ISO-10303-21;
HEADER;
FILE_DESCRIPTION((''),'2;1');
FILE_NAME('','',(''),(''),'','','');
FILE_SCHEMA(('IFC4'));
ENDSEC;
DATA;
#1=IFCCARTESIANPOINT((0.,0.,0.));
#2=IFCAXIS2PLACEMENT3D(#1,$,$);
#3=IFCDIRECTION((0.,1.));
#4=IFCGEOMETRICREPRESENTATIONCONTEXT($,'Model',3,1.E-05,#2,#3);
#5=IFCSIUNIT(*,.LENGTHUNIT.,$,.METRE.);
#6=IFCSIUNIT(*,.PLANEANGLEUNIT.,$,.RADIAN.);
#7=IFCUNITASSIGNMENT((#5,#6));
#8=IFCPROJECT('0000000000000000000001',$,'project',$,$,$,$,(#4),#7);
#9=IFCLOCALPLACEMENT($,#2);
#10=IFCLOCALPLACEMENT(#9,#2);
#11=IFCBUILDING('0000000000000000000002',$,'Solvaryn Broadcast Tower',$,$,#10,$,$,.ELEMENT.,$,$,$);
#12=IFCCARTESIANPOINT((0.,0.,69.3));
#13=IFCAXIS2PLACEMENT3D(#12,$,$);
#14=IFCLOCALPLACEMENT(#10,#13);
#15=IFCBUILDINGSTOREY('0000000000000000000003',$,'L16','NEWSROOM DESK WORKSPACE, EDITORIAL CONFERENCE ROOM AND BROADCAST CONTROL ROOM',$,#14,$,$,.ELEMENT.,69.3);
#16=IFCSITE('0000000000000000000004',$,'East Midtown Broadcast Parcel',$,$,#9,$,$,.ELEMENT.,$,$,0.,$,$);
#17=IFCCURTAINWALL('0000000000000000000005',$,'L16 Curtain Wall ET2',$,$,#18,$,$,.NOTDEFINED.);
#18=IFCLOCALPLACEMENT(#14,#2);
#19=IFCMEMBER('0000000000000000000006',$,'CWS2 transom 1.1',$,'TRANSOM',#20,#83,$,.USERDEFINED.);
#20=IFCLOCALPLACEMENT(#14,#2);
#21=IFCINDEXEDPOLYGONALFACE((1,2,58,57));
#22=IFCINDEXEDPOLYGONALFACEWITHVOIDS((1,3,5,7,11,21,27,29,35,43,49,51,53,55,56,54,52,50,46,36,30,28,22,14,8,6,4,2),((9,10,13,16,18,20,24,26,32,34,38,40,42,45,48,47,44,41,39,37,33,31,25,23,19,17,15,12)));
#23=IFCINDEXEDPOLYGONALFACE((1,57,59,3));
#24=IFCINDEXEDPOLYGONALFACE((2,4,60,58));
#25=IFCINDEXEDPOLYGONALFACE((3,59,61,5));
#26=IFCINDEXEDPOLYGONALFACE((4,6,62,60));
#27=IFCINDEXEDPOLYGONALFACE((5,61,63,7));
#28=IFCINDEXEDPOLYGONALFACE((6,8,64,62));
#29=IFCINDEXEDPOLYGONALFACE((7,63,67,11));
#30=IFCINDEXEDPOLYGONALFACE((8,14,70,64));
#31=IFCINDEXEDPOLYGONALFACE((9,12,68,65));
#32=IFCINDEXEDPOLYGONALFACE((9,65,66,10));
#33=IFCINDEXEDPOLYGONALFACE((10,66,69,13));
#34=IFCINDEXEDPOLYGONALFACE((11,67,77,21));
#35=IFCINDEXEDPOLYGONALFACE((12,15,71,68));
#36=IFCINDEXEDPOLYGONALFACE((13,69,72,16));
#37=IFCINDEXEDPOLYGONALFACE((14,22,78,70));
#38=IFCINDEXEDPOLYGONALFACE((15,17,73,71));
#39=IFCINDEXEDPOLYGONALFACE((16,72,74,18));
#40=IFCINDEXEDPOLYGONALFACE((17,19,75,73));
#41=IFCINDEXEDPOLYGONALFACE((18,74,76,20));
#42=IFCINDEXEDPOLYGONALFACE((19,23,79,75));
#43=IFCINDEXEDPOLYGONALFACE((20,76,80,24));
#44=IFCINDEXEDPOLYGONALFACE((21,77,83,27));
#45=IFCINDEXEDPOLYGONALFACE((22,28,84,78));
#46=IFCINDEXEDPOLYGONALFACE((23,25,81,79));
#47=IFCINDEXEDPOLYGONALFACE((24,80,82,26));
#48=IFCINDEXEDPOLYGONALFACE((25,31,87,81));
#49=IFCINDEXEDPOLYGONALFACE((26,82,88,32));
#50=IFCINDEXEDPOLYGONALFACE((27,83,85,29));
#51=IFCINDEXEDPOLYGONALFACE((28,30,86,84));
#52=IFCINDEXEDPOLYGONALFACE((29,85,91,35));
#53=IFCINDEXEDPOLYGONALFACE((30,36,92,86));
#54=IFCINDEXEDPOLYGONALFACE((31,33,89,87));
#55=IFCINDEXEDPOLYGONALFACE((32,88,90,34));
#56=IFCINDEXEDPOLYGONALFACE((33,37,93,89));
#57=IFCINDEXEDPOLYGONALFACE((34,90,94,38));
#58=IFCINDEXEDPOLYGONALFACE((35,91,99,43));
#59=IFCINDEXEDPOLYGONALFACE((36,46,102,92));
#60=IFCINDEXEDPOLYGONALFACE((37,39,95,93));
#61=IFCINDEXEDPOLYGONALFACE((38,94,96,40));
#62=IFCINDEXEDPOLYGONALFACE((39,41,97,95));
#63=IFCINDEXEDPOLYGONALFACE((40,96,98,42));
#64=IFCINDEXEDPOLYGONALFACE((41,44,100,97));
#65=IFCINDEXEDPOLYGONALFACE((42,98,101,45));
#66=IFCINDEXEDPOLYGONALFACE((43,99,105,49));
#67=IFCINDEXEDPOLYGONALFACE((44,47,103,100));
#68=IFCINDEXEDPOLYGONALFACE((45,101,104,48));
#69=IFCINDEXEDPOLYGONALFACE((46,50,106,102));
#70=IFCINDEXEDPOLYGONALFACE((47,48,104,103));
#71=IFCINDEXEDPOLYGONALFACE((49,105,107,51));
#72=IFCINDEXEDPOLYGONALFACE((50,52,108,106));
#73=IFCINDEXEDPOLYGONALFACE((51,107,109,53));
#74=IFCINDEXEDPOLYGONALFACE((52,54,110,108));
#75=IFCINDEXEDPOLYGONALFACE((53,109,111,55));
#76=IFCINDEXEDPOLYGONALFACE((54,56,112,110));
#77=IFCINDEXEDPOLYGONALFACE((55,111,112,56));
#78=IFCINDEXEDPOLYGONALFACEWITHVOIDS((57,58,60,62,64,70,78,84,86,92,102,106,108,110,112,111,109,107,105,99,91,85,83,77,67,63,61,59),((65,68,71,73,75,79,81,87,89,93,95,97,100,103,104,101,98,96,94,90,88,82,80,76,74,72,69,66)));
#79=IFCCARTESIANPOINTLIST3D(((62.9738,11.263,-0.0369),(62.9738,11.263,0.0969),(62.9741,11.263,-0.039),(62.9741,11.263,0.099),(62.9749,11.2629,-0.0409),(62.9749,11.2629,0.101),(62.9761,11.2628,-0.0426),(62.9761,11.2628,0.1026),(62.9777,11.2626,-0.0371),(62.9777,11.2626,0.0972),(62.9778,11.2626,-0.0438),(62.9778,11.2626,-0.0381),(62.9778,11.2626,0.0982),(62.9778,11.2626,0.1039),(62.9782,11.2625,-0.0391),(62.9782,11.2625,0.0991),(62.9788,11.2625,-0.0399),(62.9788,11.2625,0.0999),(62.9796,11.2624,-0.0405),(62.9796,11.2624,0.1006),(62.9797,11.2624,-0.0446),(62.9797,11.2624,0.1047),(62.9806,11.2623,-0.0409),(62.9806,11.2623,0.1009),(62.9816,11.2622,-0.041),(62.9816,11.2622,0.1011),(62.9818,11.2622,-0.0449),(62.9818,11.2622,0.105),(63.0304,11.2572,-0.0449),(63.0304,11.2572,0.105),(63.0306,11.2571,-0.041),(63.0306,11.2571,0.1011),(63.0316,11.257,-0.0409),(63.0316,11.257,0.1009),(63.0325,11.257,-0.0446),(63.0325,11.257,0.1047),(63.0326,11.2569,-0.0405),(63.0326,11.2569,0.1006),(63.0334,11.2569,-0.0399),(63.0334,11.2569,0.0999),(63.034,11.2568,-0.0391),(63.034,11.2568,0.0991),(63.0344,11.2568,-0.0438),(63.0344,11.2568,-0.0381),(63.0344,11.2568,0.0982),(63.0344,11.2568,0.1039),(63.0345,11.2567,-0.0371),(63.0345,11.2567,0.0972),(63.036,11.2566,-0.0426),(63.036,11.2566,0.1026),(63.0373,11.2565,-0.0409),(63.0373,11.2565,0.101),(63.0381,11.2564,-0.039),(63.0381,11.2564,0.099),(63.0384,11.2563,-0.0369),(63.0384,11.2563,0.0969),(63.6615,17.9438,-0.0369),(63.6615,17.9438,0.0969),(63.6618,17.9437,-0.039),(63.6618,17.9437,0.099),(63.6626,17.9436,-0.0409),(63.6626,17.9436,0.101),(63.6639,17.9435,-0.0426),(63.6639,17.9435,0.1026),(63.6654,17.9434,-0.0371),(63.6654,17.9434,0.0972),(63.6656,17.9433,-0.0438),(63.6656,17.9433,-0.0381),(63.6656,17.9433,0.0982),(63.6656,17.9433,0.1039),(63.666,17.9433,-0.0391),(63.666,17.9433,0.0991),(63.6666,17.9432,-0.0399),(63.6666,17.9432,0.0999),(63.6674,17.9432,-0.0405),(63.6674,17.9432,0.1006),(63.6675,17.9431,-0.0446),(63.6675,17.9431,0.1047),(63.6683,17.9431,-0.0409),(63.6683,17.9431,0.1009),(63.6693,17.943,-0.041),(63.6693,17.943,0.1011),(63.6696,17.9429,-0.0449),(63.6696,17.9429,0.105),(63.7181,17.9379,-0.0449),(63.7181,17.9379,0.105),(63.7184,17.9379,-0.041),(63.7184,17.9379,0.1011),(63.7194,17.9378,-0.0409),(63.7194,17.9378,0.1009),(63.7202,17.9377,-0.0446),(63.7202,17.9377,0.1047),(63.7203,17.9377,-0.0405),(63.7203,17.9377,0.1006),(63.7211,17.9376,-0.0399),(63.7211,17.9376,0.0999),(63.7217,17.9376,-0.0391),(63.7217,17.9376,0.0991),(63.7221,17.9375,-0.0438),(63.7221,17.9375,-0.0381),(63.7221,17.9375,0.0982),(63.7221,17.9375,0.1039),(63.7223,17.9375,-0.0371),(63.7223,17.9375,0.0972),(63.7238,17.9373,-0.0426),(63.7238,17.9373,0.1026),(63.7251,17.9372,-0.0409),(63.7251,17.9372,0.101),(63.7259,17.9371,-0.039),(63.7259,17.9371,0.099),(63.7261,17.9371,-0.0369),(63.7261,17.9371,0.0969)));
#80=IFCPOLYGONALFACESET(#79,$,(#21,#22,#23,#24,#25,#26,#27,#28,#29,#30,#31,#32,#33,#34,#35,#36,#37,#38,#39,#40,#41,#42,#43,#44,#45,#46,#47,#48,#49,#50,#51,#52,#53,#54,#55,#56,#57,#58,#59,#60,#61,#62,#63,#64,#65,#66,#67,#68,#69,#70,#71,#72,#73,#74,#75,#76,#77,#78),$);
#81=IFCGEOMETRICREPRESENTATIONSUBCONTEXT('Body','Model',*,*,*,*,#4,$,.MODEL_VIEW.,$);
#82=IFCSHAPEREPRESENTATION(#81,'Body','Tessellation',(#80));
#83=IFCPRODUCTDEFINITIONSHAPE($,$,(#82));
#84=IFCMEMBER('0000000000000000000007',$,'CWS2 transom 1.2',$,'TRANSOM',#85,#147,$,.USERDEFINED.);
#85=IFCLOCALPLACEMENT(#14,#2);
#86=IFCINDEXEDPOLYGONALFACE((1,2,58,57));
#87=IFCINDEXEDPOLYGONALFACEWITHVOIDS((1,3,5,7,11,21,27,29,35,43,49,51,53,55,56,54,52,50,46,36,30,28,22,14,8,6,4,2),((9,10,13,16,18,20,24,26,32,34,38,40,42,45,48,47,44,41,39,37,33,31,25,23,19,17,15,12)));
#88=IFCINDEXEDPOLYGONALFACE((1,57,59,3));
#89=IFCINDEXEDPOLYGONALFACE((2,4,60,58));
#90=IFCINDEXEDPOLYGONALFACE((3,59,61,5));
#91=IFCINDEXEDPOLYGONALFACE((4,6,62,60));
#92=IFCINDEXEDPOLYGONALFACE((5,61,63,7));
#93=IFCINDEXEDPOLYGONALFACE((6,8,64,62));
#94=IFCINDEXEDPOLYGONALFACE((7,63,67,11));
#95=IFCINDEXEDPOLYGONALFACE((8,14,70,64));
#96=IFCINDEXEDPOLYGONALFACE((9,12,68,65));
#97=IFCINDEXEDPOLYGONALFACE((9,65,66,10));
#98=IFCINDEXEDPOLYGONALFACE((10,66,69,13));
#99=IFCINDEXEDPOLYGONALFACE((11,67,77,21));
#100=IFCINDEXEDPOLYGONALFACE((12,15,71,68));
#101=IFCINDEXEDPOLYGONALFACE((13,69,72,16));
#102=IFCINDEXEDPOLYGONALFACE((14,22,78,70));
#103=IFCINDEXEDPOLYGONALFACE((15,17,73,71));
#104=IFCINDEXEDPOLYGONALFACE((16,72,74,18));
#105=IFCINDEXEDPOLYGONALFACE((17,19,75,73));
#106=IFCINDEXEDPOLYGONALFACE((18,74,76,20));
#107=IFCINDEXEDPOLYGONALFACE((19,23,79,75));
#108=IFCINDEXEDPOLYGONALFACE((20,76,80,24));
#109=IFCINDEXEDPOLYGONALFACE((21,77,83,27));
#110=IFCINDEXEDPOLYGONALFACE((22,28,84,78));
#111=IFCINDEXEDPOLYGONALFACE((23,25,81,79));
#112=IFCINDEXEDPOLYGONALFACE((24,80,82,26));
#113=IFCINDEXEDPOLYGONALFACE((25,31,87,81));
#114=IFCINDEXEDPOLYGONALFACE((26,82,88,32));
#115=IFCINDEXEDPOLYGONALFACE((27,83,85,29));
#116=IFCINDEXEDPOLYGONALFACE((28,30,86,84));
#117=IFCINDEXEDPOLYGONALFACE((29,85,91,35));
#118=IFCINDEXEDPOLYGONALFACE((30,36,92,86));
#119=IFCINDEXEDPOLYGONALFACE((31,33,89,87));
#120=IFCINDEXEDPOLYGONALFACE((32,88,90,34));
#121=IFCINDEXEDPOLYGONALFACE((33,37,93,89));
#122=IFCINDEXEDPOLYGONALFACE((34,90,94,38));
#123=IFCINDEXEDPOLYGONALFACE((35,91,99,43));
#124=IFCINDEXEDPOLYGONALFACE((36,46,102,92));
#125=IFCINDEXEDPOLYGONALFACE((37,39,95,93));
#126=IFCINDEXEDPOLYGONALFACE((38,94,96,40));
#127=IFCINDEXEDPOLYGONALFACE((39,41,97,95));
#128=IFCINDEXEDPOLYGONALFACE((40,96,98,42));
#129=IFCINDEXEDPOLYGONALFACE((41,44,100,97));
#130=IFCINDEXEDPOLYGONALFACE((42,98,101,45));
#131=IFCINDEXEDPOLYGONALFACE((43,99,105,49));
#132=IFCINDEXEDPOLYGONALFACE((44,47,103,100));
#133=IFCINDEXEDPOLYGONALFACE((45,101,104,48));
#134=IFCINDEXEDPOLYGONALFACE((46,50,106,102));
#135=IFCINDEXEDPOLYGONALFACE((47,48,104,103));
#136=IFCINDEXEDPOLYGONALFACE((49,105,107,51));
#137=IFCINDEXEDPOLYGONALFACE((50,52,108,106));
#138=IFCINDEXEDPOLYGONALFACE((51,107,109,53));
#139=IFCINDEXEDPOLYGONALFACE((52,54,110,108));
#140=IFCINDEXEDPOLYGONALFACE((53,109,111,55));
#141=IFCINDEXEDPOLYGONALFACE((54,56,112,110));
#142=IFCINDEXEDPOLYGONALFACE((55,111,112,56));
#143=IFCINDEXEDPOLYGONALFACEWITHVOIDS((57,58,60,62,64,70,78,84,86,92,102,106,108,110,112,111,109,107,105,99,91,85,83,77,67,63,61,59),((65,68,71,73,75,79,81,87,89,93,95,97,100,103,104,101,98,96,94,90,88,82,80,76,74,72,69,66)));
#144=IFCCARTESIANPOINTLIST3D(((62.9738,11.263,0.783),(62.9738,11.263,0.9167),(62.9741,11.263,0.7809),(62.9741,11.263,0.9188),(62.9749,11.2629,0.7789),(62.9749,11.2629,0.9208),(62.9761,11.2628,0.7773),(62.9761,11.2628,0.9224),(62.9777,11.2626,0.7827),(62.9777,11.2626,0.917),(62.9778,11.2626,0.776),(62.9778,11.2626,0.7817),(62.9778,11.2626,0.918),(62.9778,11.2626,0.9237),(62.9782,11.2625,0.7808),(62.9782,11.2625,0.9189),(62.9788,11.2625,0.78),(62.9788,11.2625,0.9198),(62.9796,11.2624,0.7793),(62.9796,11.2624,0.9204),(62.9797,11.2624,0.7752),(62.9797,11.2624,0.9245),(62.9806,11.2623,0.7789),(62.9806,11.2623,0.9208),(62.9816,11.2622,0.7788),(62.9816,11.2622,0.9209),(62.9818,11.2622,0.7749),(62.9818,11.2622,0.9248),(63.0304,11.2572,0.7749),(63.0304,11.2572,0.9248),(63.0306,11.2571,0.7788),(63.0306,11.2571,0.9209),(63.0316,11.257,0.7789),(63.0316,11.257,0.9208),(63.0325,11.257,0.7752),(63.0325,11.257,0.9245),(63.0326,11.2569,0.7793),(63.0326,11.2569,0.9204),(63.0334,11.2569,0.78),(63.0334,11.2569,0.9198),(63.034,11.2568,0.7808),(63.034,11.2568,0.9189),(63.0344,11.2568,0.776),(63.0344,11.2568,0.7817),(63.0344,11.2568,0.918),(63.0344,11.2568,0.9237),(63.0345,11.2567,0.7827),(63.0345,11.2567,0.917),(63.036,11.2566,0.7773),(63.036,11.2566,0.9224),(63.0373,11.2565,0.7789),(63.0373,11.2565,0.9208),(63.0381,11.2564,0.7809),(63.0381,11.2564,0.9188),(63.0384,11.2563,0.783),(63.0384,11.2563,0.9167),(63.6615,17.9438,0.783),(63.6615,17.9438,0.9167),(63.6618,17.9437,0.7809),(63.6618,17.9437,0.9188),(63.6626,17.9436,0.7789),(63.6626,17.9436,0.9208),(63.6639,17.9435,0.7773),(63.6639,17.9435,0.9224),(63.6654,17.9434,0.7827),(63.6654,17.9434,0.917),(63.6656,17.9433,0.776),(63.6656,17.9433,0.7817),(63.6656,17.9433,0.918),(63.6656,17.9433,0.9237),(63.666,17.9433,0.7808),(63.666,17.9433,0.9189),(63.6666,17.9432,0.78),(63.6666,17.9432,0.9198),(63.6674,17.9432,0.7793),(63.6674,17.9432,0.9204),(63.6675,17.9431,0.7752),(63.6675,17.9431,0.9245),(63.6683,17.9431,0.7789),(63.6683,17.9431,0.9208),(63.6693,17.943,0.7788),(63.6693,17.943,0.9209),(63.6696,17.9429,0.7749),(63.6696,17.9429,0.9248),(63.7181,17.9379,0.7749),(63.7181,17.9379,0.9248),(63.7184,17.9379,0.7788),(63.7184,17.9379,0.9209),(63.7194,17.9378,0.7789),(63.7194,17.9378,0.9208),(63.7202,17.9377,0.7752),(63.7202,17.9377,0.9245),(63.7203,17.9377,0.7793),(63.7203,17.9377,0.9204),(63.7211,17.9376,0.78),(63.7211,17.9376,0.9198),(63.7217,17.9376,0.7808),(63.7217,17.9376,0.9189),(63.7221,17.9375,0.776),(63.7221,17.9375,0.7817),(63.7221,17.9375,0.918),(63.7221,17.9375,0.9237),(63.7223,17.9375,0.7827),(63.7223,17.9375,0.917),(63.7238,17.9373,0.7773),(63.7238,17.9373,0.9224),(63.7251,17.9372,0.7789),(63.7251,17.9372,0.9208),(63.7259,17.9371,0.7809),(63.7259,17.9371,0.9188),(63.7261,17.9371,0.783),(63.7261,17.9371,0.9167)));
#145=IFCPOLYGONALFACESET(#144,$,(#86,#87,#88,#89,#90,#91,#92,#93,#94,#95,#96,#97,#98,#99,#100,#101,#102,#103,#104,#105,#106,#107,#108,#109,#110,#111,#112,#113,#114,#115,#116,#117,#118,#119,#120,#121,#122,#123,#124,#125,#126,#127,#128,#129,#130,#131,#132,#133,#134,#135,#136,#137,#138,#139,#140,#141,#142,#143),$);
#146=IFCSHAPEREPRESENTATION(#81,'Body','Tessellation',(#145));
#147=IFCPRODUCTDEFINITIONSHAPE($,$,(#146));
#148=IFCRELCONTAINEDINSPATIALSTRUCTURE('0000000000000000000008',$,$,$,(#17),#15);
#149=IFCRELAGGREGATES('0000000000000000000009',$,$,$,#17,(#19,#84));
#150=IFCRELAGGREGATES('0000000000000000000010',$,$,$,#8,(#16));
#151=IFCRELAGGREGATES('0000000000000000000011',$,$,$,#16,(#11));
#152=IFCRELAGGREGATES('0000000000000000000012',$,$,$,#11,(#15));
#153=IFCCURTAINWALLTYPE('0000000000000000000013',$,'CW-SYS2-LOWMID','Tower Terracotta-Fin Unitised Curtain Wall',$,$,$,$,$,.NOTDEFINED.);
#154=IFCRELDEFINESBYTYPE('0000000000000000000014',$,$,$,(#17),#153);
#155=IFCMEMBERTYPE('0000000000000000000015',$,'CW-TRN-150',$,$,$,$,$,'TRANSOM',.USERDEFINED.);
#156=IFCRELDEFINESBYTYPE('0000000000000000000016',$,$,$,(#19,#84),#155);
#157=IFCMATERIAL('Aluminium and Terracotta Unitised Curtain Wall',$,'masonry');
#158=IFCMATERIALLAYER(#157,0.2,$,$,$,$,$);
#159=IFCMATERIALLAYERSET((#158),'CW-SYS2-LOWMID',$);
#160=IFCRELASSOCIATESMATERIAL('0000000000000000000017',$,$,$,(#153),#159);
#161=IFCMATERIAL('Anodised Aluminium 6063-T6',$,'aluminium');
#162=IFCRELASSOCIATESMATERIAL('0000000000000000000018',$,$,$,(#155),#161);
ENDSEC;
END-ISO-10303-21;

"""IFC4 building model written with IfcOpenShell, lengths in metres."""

from ifc_helpers import new_model, si_unit, direction, frame, origin, origin_2d, place, context, subcontext, project, spatial, hollow_rectangle, extrude, material, layer, layer_set, material_profile, profile_set, type_object, element, aggregate, save


model = new_model("IFC4")

# Units and contexts
model_context = context("Model", 3, precision=1e-05, world=origin(), true_north=direction((0.0, 1.0)))
body_context = subcontext(model_context, "Body", "Model", "MODEL_VIEW")
ifc_project = project(units=[si_unit("LENGTHUNIT", "METRE"), si_unit("PLANEANGLEUNIT", "RADIAN")], contexts=[model_context])

# Site, building, storey
site_placement = place(None, origin())
site = spatial("IfcSite", under=ifc_project, at=site_placement, Name="East Midtown Broadcast Parcel", CompositionType="ELEMENT", RefElevation=0.0)
building_placement = place(site_placement, origin())
building = spatial("IfcBuilding", under=site, at=building_placement, Name="Solvaryn Broadcast Tower", CompositionType="ELEMENT")
storey_placement = place(building_placement, frame((0.0, 0.0, 69.3)))
storey = spatial("IfcBuildingStorey", under=building, at=storey_placement, Name="L16", Description="NEWSROOM DESK WORKSPACE, EDITORIAL CONFERENCE ROOM AND BROADCAST CONTROL ROOM", CompositionType="ELEMENT", Elevation=69.3)

# Shared definitions
ifc_material_1 = material(Name="Aluminium and Terracotta Unitised Curtain Wall", Category="masonry")
ifc_layer_1 = layer(ifc_material_1, 0.2)
ifc_layer_set_1 = layer_set([ifc_layer_1], Name="CW-SYS2-LOWMID")
curtain_wall_type = type_object("IfcCurtainWallType", Name="CW-SYS2-LOWMID", Description="Tower Terracotta-Fin Unitised Curtain Wall", PredefinedType="NOTDEFINED", material=ifc_layer_set_1)

# Curtain wall, members
curtain_wall_1_placement = place(storey_placement, origin())
curtain_wall_1 = element("IfcCurtainWall", 1, at=curtain_wall_1_placement, inside=storey, type_object=curtain_wall_type, Name="L16 Curtain Wall ET2", PredefinedType="NOTDEFINED")
ifc_material_2 = material(Name="Anodised Aluminium 6063-T6", Category="aluminium")
ifc_material_profile_1 = material_profile(ifc_material_2, hollow_rectangle(XDim=0.0649, YDim=0.1499, WallThickness=0.0039, InnerFilletRadius=0.0039, OuterFilletRadius=0.0081, at=origin_2d()))
ifc_profile_set_1 = profile_set([ifc_material_profile_1], Name="Anodised Aluminium 6063-T6")
member_type_1 = type_object("IfcMemberType", Name="CW-TRN-150", ElementType="TRANSOM", PredefinedType="USERDEFINED", material=ifc_profile_set_1)
member_1_placement = place(storey_placement, frame((63.6938, 17.9404, 0.03), z_axis=(-0.102404, -0.994743, 0.0), x_axis=(0.994743, -0.102404, 0.0)))
member_1 = element("IfcMember", 2, at=member_1_placement, type_object=member_type_1, Name="CWS2 transom 1.1", ObjectType="TRANSOM", PredefinedType="USERDEFINED", context=body_context, shape_type="SweptSolid", body=[
    extrude(hollow_rectangle(XDim=0.0649, YDim=0.1499, WallThickness=0.0039, InnerFilletRadius=0.0039, OuterFilletRadius=0.0081, at=origin_2d()), origin(), (0.0, 0.0, 1.0), 6.7161),
])
member_2_placement = place(storey_placement, frame((63.6938, 17.9404, 0.8499), z_axis=(-0.102404, -0.994743, 0.0), x_axis=(0.994743, -0.102404, 0.0)))
member_2 = element("IfcMember", 3, at=member_2_placement, type_object=member_type_1, Name="CWS2 transom 1.2", ObjectType="TRANSOM", PredefinedType="USERDEFINED", context=body_context, shape_type="SweptSolid", body=[
    extrude(hollow_rectangle(XDim=0.0649, YDim=0.1499, WallThickness=0.0039, InnerFilletRadius=0.0039, OuterFilletRadius=0.0081, at=origin_2d()), origin(), (0.0, 0.0, 1.0), 6.7161),
])
aggregate(curtain_wall_1, [member_1, member_2])

save(model, "model.ifc")
